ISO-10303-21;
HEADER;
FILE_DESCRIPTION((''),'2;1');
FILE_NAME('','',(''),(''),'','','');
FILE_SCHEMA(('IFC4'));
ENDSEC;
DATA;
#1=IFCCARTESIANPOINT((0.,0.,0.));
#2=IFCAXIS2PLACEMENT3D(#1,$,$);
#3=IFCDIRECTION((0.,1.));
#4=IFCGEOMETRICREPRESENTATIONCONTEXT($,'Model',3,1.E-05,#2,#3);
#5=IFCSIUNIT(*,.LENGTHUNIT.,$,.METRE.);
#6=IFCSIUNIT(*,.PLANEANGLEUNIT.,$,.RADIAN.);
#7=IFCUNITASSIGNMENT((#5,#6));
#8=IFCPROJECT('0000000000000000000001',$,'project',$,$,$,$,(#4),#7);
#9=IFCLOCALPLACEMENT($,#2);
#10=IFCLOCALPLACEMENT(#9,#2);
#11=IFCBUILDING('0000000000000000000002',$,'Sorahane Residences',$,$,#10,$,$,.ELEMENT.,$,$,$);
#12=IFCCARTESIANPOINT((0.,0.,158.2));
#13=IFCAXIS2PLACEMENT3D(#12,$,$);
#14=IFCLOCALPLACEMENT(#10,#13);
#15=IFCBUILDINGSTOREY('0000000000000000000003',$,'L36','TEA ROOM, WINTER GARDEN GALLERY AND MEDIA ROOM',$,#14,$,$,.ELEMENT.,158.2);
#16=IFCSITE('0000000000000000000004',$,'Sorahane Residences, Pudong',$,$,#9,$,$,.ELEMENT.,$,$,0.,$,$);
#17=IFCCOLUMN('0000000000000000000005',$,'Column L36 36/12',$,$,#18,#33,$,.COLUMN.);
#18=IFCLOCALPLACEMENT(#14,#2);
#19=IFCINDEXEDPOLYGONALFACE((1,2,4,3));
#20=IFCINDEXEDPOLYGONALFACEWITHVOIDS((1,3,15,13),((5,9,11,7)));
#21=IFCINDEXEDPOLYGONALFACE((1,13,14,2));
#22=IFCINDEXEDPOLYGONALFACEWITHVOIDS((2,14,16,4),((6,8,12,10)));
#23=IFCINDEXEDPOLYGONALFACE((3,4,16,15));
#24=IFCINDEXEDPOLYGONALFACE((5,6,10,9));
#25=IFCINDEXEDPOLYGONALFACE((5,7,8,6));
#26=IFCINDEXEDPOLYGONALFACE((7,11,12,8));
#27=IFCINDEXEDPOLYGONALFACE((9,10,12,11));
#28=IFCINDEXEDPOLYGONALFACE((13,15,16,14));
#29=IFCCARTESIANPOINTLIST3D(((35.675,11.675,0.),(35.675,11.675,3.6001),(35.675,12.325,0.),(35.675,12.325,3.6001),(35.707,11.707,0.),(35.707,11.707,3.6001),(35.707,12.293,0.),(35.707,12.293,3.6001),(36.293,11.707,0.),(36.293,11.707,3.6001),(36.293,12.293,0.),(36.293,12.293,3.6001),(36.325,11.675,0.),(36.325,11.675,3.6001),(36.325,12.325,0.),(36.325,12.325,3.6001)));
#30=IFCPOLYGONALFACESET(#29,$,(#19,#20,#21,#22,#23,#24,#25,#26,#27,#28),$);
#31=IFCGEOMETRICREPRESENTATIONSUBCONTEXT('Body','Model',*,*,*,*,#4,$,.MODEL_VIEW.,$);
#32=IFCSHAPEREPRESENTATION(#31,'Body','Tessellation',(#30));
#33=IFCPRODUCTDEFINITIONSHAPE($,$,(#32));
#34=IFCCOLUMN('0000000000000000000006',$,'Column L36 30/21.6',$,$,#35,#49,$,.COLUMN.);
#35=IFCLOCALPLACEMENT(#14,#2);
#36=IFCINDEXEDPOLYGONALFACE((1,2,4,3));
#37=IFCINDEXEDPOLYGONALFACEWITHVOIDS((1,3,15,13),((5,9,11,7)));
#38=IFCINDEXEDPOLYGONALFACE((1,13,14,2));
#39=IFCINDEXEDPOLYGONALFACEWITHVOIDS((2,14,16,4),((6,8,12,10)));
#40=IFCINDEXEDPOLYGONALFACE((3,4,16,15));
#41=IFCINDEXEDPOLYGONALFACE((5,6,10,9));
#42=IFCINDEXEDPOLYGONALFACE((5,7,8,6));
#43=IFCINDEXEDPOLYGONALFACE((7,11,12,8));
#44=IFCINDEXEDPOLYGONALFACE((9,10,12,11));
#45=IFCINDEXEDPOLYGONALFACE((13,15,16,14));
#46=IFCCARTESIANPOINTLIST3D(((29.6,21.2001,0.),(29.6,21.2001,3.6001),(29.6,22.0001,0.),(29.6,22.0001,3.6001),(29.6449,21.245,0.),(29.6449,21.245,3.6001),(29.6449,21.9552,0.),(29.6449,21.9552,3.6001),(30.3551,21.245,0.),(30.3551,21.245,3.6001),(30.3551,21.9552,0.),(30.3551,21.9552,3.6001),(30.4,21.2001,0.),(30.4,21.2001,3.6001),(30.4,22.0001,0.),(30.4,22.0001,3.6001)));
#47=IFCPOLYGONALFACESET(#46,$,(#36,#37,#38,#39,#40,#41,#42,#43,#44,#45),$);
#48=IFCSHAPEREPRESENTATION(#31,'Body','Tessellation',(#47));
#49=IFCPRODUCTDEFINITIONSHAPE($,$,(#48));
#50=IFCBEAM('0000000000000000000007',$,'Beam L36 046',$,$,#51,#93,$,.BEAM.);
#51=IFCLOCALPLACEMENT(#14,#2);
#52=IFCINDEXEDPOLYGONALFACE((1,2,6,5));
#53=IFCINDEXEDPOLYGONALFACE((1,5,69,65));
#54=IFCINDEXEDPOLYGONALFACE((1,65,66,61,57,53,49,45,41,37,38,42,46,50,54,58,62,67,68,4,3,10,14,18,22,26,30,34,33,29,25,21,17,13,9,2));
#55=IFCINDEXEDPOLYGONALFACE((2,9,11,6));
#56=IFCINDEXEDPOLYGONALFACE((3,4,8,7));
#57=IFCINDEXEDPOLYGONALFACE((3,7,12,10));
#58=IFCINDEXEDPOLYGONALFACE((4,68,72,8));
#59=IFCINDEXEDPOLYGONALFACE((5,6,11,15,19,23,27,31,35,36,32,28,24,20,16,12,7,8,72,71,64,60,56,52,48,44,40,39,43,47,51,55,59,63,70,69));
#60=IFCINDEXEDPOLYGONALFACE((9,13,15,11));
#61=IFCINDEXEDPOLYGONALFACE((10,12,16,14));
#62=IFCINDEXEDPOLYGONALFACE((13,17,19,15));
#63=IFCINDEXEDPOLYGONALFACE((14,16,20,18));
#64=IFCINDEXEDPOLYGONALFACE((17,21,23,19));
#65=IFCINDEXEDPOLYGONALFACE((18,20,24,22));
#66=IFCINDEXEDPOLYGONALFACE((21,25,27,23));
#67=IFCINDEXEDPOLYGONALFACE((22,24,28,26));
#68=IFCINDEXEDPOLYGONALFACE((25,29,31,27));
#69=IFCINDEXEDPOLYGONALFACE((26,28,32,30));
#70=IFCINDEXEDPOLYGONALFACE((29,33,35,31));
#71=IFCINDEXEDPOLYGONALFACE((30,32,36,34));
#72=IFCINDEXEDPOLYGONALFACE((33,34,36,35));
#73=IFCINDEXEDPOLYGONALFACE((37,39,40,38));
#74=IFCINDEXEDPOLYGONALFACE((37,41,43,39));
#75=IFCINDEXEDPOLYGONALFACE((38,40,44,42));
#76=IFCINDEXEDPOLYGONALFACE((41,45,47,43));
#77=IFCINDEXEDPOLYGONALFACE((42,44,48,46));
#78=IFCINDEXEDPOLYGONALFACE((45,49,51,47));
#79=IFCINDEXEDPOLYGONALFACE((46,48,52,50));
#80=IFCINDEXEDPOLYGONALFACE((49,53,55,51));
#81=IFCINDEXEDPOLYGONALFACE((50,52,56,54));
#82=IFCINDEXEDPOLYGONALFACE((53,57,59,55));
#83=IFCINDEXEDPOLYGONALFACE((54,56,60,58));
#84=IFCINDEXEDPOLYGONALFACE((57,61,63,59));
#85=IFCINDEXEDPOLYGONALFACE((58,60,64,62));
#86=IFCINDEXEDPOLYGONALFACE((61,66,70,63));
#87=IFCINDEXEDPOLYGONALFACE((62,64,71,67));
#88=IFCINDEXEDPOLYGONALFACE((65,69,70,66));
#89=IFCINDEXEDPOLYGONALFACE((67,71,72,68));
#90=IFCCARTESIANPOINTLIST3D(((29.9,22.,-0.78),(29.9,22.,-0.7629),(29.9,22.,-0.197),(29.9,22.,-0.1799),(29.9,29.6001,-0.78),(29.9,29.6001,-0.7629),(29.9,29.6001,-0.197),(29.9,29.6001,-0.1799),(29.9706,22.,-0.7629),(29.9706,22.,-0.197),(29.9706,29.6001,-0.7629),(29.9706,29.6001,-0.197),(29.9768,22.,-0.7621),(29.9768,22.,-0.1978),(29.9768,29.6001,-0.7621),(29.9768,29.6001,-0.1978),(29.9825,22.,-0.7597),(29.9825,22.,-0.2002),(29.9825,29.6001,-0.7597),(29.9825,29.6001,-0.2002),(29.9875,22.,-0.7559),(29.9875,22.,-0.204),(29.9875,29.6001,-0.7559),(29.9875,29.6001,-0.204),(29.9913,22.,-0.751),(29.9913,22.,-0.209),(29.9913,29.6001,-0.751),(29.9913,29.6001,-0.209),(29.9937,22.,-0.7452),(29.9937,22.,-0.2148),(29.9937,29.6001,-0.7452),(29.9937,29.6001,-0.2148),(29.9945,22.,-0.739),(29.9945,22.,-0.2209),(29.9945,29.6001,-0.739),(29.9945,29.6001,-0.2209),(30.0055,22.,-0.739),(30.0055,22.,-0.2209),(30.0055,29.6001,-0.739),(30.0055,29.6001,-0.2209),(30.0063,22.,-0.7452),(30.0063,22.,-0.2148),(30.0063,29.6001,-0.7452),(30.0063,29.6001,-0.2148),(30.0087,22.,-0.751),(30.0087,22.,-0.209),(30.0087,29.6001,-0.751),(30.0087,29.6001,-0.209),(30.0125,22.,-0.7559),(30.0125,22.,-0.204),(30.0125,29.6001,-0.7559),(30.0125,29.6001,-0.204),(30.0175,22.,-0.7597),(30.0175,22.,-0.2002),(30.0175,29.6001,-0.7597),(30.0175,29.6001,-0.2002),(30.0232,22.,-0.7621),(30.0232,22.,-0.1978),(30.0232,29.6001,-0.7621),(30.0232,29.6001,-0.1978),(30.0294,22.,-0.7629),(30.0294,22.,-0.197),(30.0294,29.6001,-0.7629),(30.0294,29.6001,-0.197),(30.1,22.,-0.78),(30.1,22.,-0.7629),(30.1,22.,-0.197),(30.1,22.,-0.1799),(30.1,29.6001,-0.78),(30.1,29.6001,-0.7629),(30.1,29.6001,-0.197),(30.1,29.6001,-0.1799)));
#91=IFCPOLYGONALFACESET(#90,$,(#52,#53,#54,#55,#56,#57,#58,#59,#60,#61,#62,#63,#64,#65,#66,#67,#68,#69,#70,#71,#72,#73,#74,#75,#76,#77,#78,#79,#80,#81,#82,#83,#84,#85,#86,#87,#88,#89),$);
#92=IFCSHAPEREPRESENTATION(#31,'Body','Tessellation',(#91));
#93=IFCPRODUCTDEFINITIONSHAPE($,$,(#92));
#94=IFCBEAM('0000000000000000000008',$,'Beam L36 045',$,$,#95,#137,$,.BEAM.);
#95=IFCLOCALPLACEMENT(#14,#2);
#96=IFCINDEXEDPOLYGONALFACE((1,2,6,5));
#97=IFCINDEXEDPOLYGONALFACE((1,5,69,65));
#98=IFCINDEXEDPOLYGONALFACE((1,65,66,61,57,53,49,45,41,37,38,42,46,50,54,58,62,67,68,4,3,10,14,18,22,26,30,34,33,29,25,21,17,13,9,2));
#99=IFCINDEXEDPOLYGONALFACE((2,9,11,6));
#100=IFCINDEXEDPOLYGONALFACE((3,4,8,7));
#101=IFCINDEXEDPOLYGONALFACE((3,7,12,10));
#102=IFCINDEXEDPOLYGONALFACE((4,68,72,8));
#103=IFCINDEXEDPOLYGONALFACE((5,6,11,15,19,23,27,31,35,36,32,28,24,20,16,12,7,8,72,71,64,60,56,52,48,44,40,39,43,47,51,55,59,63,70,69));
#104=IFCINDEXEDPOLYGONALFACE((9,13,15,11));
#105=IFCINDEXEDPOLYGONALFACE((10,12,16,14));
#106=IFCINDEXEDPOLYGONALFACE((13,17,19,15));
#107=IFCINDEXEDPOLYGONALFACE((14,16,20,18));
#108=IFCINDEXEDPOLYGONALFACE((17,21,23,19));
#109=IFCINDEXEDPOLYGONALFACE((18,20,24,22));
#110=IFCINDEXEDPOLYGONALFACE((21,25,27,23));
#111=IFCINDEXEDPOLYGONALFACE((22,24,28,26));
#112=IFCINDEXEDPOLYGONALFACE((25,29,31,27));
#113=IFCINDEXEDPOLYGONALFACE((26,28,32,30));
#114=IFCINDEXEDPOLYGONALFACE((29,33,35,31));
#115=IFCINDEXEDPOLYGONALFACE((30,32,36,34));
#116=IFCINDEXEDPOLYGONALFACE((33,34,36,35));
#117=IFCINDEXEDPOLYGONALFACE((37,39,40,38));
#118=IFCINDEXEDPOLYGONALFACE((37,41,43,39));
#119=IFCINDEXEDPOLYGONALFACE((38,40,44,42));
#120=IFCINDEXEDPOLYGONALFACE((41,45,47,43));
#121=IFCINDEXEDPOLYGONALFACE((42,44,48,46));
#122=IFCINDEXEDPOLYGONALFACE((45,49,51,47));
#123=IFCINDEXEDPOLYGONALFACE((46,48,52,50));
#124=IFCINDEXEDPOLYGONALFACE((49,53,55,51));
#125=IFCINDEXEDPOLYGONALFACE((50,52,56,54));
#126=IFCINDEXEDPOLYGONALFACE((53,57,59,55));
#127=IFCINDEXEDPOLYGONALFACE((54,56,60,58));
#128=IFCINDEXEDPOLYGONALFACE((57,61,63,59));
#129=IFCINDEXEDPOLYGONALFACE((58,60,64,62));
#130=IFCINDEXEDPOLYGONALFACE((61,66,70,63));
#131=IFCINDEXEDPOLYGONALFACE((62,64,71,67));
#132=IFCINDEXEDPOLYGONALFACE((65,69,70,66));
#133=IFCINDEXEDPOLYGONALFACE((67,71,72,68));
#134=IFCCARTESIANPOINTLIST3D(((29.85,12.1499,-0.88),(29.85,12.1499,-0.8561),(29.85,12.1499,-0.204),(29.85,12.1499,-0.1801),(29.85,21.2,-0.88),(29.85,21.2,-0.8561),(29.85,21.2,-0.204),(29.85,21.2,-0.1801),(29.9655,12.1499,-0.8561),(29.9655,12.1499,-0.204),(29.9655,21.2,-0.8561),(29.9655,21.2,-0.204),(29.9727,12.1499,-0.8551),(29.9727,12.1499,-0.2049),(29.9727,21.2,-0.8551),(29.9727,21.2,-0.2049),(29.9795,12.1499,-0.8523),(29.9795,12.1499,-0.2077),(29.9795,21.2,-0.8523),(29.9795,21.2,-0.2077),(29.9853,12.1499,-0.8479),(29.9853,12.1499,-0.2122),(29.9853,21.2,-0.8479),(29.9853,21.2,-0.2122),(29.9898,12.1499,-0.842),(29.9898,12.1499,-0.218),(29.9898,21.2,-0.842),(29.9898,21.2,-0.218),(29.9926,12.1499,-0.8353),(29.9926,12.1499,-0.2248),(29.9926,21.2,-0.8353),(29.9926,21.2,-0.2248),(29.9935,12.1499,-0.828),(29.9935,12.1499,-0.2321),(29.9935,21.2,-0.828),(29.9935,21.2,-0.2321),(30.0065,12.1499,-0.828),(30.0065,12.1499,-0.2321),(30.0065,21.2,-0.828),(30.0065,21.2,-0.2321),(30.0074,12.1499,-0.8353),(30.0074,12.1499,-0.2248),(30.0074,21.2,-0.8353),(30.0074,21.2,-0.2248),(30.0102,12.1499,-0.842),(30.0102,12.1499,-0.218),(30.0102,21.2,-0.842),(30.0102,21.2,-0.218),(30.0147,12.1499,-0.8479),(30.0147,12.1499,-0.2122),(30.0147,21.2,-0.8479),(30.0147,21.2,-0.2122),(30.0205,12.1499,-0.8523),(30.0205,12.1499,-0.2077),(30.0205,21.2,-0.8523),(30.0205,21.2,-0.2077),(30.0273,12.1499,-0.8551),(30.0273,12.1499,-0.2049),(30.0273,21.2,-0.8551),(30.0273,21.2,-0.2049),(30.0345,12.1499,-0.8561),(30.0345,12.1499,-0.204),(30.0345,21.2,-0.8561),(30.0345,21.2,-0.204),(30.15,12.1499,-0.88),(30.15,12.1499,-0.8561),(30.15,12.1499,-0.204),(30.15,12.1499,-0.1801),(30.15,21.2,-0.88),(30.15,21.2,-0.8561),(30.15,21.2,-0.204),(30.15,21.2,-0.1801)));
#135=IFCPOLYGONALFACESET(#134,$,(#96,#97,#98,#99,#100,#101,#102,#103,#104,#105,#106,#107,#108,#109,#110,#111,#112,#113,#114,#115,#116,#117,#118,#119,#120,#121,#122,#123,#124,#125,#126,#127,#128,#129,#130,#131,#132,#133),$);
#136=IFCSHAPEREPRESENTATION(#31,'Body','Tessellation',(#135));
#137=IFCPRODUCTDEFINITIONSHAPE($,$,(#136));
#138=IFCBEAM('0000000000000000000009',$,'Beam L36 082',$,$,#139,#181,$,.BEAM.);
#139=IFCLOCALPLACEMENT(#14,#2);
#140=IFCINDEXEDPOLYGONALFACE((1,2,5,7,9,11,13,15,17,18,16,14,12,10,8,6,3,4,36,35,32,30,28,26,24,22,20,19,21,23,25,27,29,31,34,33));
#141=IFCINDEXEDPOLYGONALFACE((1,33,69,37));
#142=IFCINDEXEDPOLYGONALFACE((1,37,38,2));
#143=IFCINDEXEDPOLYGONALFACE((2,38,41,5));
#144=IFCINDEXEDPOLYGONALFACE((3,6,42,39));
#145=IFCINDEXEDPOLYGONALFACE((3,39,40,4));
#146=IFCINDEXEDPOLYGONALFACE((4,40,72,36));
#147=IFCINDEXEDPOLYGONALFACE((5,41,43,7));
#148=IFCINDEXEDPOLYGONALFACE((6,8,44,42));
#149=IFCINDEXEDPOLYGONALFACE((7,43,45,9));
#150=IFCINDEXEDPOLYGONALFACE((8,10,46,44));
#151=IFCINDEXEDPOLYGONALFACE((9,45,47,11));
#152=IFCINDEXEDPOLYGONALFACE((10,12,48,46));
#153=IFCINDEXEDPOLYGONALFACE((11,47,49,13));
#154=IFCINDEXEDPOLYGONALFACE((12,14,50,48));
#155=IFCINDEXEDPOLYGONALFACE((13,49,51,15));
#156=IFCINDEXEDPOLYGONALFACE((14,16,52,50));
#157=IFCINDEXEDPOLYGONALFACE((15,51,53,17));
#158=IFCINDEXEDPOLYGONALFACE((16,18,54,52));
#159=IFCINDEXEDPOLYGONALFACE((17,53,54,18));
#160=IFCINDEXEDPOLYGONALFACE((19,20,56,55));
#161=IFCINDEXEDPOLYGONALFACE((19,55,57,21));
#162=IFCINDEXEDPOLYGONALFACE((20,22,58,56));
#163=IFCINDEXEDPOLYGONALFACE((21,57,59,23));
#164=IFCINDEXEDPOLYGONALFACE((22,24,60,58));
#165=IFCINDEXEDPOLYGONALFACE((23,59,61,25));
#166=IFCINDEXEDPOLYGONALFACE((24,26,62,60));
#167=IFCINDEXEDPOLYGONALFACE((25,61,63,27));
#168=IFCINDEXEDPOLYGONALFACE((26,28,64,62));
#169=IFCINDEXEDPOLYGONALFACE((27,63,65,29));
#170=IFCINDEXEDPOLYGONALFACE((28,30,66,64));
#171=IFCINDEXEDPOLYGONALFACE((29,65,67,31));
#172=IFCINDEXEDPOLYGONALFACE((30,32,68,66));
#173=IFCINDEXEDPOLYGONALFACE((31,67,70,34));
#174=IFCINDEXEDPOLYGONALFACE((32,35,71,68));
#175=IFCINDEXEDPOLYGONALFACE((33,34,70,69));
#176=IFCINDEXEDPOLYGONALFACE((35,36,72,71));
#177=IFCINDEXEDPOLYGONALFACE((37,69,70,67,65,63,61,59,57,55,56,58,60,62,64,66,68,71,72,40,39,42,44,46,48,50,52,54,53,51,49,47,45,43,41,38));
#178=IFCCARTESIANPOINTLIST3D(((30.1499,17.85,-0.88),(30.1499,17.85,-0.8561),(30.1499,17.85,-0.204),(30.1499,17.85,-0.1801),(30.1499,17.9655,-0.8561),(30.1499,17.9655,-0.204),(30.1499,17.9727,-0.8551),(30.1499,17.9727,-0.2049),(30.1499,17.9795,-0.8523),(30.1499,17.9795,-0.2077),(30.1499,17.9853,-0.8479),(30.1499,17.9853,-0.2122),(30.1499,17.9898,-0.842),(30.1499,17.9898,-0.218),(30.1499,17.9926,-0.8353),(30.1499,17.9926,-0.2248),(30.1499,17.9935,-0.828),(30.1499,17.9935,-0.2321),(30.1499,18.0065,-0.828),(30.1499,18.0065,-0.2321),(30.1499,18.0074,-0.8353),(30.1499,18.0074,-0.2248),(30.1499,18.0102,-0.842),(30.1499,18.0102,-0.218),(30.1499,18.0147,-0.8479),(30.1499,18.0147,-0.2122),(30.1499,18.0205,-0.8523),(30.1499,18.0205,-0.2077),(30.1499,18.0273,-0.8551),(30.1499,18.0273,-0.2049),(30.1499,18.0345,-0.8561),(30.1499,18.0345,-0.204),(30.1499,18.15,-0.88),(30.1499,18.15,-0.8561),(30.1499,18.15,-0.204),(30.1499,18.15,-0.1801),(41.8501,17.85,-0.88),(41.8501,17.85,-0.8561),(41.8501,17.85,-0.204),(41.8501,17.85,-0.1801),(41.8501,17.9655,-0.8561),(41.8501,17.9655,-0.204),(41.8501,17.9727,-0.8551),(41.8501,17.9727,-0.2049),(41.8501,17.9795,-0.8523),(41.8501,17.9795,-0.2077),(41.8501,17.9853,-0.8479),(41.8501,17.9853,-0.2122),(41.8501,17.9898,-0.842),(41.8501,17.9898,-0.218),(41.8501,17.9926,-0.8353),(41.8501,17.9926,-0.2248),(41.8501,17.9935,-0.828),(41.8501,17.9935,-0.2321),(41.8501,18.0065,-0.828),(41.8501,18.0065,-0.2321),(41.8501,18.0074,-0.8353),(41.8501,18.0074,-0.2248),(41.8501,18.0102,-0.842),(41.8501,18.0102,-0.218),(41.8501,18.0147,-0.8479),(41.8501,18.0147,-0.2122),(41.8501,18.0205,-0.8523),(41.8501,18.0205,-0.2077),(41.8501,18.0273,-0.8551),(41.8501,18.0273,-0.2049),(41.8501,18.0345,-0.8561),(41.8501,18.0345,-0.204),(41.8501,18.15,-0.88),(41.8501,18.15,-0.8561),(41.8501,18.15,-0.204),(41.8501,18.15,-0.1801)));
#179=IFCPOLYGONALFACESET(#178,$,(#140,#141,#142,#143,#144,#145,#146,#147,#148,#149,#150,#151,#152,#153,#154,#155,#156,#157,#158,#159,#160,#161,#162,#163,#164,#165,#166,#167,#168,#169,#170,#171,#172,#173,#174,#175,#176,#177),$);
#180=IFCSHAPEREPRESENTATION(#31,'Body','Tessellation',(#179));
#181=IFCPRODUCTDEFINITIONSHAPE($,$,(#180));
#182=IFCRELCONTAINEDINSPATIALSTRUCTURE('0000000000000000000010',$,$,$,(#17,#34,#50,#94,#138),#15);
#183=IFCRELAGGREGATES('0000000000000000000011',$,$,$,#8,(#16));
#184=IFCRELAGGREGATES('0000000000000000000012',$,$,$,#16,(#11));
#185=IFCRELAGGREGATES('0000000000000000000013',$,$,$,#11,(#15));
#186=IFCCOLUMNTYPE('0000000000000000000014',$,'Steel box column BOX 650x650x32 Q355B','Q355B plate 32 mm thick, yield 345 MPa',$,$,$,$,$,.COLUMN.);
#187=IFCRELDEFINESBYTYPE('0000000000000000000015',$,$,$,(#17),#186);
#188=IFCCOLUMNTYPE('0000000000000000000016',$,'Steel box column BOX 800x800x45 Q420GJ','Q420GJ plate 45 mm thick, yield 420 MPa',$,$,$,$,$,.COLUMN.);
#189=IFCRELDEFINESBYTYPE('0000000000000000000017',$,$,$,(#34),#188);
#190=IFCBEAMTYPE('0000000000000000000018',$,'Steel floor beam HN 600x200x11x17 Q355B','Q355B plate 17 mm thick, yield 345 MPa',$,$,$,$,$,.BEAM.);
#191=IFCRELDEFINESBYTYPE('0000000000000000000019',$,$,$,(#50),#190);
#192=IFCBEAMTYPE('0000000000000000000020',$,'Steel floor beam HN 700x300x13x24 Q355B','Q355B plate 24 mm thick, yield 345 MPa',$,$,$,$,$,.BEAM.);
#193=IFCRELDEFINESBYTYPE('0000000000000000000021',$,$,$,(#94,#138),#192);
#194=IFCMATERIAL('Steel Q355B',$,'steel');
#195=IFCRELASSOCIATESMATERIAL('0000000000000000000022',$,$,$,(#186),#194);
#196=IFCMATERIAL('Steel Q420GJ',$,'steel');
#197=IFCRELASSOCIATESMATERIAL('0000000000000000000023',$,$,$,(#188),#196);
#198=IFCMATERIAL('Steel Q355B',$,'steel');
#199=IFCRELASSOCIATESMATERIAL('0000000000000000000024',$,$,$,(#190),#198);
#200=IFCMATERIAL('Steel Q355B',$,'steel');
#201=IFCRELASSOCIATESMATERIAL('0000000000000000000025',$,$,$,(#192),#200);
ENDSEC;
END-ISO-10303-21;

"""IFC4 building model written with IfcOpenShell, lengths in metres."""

from ifc_helpers import new_model, si_unit, direction, frame, origin, origin_2d, place, context, subcontext, project, spatial, hollow_rectangle, i_section, extrude, material, material_profile, profile_set, type_object, element, save


model = new_model("IFC4")

# Units and contexts
model_context = context("Model", 3, precision=1e-05, world=origin(), true_north=direction((0.0, 1.0)))
body_context = subcontext(model_context, "Body", "Model", "MODEL_VIEW")
ifc_project = project(units=[si_unit("LENGTHUNIT", "METRE"), si_unit("PLANEANGLEUNIT", "RADIAN")], contexts=[model_context])

# Site, building, storey
site_placement = place(None, origin())
site = spatial("IfcSite", under=ifc_project, at=site_placement, Name="Sorahane Residences, Pudong", CompositionType="ELEMENT", RefElevation=0.0)
building_placement = place(site_placement, origin())
building = spatial("IfcBuilding", under=site, at=building_placement, Name="Sorahane Residences", CompositionType="ELEMENT")
storey_placement = place(building_placement, frame((0.0, 0.0, 158.2)))
storey = spatial("IfcBuildingStorey", under=building, at=storey_placement, Name="L36", Description="TEA ROOM, WINTER GARDEN GALLERY AND MEDIA ROOM", CompositionType="ELEMENT", Elevation=158.2)

# Columns
ifc_material_1 = material(Name="Steel Q355B", Category="steel")
ifc_material_profile_1 = material_profile(ifc_material_1, hollow_rectangle(XDim=0.6499, YDim=0.6499, WallThickness=0.032, at=origin_2d()), Name="BOX 650x650x32")
ifc_profile_set_1 = profile_set([ifc_material_profile_1], Name="Steel Q355B")
column_type_1 = type_object("IfcColumnType", Name="Steel box column BOX 650x650x32 Q355B", Description="Q355B plate 32 mm thick, yield 345 MPa", PredefinedType="COLUMN", material=ifc_profile_set_1)
column_1_placement = place(storey_placement, frame((36.0, 12.0, 0.0), z_axis=(0.0, 0.0, 1.0), x_axis=(1.0, 0.0, 0.0)))
element("IfcColumn", 1, at=column_1_placement, inside=storey, type_object=column_type_1, Name="Column L36 36/12", PredefinedType="COLUMN", context=body_context, shape_type="SweptSolid", body=[
    extrude(hollow_rectangle(XDim=0.6499, YDim=0.6499, WallThickness=0.032, at=origin_2d()), origin(), (0.0, 0.0, 1.0), 3.6001),
])
ifc_material_2 = material(Name="Steel Q420GJ", Category="steel")
ifc_material_profile_2 = material_profile(ifc_material_2, hollow_rectangle(XDim=0.8, YDim=0.8, WallThickness=0.0449, at=origin_2d()), Name="BOX 800x800x45")
ifc_profile_set_2 = profile_set([ifc_material_profile_2], Name="Steel Q420GJ")
column_type_2 = type_object("IfcColumnType", Name="Steel box column BOX 800x800x45 Q420GJ", Description="Q420GJ plate 45 mm thick, yield 420 MPa", PredefinedType="COLUMN", material=ifc_profile_set_2)
column_2_placement = place(storey_placement, frame((30.0, 21.6001, 0.0), z_axis=(0.0, 0.0, 1.0), x_axis=(1.0, 0.0, 0.0)))
element("IfcColumn", 2, at=column_2_placement, inside=storey, type_object=column_type_2, Name="Column L36 30/21.6", PredefinedType="COLUMN", context=body_context, shape_type="SweptSolid", body=[
    extrude(hollow_rectangle(XDim=0.8, YDim=0.8, WallThickness=0.0449, at=origin_2d()), origin(), (0.0, 0.0, 1.0), 3.6001),
])

# Beams
ifc_material_3 = material(Name="Steel Q355B", Category="steel")
ifc_material_profile_3 = material_profile(ifc_material_3, i_section(OverallWidth=0.2, OverallDepth=0.6001, WebThickness=0.011, FlangeThickness=0.0171, FilletRadius=0.0239, at=origin_2d()), Name="HN 600x200x11x17")
ifc_profile_set_3 = profile_set([ifc_material_profile_3], Name="Steel Q355B")
beam_type_1 = type_object("IfcBeamType", Name="Steel floor beam HN 600x200x11x17 Q355B", Description="Q355B plate 17 mm thick, yield 345 MPa", PredefinedType="BEAM", material=ifc_profile_set_3)
beam_1_placement = place(storey_placement, frame((30.0, 22.0, -0.48), z_axis=(0.0, 1.0, 0.0), x_axis=(-1.0, 0.0, 0.0)))
element("IfcBeam", 3, at=beam_1_placement, inside=storey, type_object=beam_type_1, Name="Beam L36 046", PredefinedType="BEAM", context=body_context, shape_type="SweptSolid", body=[
    extrude(i_section(OverallWidth=0.2, OverallDepth=0.6001, WebThickness=0.011, FlangeThickness=0.0171, FilletRadius=0.0239, at=origin_2d()), origin(), (0.0, 0.0, 1.0), 7.6001),
])
ifc_material_4 = material(Name="Steel Q355B", Category="steel")
ifc_material_profile_4 = material_profile(ifc_material_4, i_section(OverallWidth=0.3, OverallDepth=0.7, WebThickness=0.0129, FlangeThickness=0.0239, FilletRadius=0.0281, at=origin_2d()), Name="HN 700x300x13x24")
ifc_profile_set_4 = profile_set([ifc_material_profile_4], Name="Steel Q355B")
beam_type_2 = type_object("IfcBeamType", Name="Steel floor beam HN 700x300x13x24 Q355B", Description="Q355B plate 24 mm thick, yield 345 MPa", PredefinedType="BEAM", material=ifc_profile_set_4)
beam_2_placement = place(storey_placement, frame((30.0, 12.1499, -0.53), z_axis=(0.0, 1.0, 0.0), x_axis=(-1.0, 0.0, 0.0)))
element("IfcBeam", 4, at=beam_2_placement, inside=storey, type_object=beam_type_2, Name="Beam L36 045", PredefinedType="BEAM", context=body_context, shape_type="SweptSolid", body=[
    extrude(i_section(OverallWidth=0.3, OverallDepth=0.7, WebThickness=0.0129, FlangeThickness=0.0239, FilletRadius=0.0281, at=origin_2d()), origin(), (0.0, 0.0, 1.0), 9.05),
])
beam_3_placement = place(storey_placement, frame((30.1499, 18.0, -0.53), z_axis=(1.0, 0.0, 0.0), x_axis=(0.0, 1.0, 0.0)))
element("IfcBeam", 5, at=beam_3_placement, inside=storey, type_object=beam_type_2, Name="Beam L36 082", PredefinedType="BEAM", context=body_context, shape_type="SweptSolid", body=[
    extrude(i_section(OverallWidth=0.3, OverallDepth=0.7, WebThickness=0.0129, FlangeThickness=0.0239, FilletRadius=0.0281, at=origin_2d()), origin(), (0.0, 0.0, 1.0), 11.7002),
])

save(model, "model.ifc")
